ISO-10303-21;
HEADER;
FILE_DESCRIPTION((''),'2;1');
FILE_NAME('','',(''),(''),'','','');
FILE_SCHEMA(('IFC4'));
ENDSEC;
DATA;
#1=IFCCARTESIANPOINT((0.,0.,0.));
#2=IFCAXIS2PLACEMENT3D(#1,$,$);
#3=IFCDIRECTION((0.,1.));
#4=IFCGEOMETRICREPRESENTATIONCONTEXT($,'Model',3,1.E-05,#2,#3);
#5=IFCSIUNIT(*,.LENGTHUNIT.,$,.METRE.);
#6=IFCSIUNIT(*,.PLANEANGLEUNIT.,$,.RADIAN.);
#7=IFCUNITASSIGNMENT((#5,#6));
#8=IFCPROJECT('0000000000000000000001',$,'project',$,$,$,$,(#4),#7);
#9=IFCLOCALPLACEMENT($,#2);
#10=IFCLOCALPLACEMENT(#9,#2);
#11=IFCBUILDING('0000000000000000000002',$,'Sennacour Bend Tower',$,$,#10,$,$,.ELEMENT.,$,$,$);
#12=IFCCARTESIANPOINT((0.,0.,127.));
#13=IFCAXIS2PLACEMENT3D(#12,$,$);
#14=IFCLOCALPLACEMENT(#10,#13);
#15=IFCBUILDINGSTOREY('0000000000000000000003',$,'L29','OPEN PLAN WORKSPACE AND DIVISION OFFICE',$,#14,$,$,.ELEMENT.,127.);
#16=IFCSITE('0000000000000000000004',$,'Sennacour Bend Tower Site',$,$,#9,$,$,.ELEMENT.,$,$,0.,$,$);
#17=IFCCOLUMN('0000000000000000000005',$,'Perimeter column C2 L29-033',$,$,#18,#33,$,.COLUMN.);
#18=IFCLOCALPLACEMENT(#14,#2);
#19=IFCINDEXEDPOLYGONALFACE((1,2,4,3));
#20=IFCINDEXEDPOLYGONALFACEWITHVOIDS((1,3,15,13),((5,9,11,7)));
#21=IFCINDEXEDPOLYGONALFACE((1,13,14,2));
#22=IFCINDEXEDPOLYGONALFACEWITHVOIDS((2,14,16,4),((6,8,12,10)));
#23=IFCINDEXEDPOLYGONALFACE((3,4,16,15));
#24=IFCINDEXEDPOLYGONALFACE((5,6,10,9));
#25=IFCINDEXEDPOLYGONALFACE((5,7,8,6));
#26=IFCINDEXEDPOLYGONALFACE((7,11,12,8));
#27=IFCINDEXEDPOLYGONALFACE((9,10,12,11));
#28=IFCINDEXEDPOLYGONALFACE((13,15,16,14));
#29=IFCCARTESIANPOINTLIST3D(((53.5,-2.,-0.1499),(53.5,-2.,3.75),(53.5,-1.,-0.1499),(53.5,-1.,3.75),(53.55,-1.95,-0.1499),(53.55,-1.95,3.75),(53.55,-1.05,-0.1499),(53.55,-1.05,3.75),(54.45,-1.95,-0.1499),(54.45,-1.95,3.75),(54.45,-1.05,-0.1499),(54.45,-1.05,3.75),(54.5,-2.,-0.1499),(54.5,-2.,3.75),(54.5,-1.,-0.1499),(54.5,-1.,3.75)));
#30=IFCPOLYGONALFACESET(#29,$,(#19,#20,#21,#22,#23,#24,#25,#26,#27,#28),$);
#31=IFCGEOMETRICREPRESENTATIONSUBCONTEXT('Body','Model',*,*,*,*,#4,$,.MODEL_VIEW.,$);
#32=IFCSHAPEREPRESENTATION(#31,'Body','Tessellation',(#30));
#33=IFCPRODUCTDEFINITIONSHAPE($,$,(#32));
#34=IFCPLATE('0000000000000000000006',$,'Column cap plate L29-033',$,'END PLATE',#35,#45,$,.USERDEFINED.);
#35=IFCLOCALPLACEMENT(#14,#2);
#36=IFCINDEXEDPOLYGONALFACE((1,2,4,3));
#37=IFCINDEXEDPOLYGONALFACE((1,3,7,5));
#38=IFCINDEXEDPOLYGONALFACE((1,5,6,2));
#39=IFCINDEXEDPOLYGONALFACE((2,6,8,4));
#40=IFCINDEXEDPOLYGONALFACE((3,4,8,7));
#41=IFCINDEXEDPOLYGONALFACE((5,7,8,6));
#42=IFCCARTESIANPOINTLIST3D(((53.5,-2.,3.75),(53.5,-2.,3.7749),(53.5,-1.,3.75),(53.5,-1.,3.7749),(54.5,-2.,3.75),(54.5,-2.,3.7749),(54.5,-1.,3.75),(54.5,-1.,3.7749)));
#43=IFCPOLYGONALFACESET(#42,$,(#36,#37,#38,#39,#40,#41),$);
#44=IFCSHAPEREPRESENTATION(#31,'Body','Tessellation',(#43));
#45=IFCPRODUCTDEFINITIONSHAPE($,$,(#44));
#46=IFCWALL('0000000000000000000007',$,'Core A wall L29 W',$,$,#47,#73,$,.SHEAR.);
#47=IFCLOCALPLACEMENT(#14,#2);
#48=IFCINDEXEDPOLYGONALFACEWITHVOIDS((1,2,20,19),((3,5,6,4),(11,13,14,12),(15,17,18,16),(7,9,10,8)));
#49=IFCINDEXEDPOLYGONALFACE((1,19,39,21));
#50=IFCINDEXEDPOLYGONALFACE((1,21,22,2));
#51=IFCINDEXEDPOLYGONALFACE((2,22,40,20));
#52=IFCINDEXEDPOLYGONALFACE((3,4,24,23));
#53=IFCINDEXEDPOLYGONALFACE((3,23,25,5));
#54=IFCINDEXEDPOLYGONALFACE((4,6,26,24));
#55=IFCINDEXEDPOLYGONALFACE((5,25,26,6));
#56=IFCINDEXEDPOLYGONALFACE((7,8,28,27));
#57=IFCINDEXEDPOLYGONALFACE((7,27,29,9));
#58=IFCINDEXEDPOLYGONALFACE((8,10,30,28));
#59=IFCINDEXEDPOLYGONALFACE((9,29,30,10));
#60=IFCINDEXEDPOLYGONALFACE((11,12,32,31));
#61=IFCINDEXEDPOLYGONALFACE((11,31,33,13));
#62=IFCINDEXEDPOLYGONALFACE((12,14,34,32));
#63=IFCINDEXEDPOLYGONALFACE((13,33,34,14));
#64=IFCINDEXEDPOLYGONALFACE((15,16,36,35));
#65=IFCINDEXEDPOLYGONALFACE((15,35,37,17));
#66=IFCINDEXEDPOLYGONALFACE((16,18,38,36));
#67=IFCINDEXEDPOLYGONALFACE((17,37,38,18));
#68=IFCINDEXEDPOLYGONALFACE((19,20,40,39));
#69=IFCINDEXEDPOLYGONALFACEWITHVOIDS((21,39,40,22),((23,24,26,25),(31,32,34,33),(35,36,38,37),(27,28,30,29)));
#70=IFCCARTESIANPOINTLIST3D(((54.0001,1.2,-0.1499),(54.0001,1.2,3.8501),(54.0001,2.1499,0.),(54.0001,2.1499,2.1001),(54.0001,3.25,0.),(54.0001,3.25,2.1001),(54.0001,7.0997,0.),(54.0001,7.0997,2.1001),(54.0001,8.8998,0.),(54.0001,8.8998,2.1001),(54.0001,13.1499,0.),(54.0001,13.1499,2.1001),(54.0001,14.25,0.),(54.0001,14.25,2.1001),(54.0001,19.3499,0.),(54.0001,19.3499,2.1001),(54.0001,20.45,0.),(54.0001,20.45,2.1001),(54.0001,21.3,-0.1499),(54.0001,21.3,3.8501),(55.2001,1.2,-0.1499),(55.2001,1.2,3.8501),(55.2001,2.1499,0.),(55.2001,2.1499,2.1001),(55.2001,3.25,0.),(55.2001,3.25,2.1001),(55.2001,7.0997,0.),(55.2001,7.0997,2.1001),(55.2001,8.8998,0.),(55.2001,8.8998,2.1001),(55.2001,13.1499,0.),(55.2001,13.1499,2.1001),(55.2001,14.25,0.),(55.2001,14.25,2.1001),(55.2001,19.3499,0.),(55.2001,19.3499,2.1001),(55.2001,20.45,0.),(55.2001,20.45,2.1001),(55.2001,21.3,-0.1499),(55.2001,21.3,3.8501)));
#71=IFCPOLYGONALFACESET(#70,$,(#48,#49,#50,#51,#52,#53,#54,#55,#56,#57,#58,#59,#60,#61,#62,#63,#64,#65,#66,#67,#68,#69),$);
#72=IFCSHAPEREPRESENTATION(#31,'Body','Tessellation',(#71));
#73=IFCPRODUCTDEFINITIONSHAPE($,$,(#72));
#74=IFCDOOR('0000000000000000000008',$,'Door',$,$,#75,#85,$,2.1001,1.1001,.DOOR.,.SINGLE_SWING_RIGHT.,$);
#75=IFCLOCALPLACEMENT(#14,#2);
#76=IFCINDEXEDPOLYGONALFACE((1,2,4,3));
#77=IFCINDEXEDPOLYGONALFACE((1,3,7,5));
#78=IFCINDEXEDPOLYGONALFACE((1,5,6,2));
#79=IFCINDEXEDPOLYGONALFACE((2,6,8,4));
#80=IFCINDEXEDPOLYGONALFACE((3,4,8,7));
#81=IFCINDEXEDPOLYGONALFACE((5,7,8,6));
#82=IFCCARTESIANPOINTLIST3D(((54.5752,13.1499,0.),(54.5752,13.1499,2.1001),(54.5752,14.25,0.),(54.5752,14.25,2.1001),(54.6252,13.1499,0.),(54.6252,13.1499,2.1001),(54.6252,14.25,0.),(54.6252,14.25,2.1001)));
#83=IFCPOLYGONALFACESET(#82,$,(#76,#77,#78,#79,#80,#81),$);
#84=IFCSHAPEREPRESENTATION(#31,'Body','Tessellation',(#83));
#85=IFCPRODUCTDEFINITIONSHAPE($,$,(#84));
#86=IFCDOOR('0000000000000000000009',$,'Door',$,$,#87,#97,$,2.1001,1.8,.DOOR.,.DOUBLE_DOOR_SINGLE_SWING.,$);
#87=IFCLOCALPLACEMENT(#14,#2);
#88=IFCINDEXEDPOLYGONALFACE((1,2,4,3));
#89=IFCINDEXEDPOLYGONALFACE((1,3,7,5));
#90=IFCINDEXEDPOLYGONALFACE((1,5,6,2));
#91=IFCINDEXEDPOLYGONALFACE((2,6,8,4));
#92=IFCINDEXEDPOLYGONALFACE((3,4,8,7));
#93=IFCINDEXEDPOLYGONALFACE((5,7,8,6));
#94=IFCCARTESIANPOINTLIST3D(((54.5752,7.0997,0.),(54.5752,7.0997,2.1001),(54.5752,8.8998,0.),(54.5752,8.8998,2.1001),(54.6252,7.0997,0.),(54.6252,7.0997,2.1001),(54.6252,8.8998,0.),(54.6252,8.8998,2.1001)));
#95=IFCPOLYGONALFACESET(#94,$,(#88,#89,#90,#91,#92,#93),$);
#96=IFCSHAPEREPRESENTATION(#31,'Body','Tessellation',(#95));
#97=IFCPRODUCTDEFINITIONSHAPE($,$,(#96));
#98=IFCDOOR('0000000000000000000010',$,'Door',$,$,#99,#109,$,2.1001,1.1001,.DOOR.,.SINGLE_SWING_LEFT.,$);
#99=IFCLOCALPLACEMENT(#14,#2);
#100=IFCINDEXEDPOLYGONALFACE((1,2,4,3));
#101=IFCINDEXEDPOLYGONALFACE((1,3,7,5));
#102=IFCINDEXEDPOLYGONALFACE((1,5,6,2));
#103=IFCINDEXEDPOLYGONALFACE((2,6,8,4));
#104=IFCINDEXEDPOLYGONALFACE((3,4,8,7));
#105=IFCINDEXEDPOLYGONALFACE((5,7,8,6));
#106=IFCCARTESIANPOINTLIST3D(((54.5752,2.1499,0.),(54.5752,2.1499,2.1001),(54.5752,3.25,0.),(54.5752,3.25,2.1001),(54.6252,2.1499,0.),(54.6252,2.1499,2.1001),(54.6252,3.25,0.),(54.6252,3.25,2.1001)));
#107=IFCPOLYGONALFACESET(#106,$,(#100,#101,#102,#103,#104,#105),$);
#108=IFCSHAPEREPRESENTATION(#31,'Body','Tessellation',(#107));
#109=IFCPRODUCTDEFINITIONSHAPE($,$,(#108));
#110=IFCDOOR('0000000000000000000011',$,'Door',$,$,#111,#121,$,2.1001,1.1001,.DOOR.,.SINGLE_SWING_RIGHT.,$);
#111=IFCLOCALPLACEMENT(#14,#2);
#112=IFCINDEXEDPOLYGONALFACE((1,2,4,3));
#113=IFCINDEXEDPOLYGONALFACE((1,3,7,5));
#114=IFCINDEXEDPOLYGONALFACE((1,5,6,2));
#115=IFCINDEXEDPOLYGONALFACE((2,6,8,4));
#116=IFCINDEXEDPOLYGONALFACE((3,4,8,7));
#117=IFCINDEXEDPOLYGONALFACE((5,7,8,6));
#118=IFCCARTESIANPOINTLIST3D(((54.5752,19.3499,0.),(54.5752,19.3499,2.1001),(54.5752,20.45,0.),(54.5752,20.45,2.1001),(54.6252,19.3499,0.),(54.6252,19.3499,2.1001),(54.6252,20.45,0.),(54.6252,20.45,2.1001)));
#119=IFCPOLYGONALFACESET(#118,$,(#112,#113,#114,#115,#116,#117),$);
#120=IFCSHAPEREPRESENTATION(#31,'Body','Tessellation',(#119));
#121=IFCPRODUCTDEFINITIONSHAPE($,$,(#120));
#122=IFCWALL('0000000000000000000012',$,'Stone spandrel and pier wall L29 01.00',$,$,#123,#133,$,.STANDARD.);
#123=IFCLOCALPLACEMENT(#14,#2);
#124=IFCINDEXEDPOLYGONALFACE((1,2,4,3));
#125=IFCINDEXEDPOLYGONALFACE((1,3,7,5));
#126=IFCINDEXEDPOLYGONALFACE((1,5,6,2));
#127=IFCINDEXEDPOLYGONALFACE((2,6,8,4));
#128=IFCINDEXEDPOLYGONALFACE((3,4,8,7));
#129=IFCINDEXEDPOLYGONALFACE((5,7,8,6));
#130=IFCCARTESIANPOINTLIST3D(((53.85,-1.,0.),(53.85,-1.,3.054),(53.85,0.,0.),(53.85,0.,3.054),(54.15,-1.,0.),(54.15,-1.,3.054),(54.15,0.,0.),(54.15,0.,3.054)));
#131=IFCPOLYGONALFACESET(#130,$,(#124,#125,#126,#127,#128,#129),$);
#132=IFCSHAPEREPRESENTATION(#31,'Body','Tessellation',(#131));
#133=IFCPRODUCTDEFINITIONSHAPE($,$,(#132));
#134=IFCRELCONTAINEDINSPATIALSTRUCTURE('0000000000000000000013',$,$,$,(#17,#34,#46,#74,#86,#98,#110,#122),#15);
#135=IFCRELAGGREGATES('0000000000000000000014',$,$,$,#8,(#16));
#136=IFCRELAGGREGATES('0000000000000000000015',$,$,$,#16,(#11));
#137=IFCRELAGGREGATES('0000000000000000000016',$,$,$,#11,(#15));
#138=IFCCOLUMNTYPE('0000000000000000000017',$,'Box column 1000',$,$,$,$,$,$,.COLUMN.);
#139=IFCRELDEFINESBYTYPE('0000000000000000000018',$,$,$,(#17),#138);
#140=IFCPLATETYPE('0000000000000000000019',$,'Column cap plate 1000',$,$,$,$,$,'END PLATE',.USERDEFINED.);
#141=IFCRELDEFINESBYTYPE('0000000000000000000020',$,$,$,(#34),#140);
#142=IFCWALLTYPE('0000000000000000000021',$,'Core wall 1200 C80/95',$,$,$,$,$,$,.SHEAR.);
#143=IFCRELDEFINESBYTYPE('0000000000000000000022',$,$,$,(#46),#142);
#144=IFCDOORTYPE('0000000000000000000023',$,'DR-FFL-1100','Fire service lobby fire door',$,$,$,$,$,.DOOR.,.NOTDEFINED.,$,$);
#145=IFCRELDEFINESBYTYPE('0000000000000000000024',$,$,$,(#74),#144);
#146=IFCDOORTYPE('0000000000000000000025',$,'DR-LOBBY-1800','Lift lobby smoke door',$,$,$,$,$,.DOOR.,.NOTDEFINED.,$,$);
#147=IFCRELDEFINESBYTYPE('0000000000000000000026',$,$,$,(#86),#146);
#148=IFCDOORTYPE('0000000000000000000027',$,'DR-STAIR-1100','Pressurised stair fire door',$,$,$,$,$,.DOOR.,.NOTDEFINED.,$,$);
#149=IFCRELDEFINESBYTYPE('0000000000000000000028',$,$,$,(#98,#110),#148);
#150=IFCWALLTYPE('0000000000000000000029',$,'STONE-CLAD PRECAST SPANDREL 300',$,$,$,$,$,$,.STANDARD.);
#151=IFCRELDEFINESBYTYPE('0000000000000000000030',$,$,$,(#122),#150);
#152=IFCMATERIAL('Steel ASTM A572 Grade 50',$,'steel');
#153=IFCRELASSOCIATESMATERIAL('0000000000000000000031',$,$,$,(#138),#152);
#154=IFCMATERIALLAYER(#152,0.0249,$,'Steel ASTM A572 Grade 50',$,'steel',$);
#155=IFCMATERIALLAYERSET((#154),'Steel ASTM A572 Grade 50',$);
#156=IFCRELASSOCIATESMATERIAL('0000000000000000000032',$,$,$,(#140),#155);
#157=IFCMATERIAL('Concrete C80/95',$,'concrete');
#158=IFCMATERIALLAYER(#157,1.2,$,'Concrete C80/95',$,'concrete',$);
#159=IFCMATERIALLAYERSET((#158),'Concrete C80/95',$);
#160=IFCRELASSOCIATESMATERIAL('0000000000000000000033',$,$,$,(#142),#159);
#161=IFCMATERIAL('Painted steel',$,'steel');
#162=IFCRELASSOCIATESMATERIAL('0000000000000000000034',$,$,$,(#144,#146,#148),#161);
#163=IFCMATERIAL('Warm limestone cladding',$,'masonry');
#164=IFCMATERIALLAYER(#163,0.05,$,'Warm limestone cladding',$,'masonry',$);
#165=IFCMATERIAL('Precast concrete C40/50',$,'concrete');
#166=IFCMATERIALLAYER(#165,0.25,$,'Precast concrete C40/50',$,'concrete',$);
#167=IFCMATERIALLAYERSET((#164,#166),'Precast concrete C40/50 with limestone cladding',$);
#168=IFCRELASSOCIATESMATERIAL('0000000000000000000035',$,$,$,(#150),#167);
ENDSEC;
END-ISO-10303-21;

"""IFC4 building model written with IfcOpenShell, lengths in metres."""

from ifc_helpers import new_model, si_unit, direction, frame, frame_2d, origin, origin_2d, place, context, subcontext, project, spatial, rectangle, hollow_rectangle, extrude, material, layer, layer_set, material_profile, profile_set, type_object, element, fill, save


model = new_model("IFC4")

# Units and contexts
model_context = context("Model", 3, precision=1e-05, world=origin(), true_north=direction((0.0, 1.0)))
body_context = subcontext(model_context, "Body", "Model", "MODEL_VIEW")
ifc_project = project(units=[si_unit("LENGTHUNIT", "METRE"), si_unit("PLANEANGLEUNIT", "RADIAN")], contexts=[model_context])

# Site, building, storey
site_placement = place(None, origin())
site = spatial("IfcSite", under=ifc_project, at=site_placement, Name="Sennacour Bend Tower Site", CompositionType="ELEMENT", RefElevation=0.0)
building_placement = place(site_placement, origin())
building = spatial("IfcBuilding", under=site, at=building_placement, Name="Sennacour Bend Tower", CompositionType="ELEMENT")
storey_placement = place(building_placement, frame((0.0, 0.0, 127.0)))
storey = spatial("IfcBuildingStorey", under=building, at=storey_placement, Name="L29", Description="OPEN PLAN WORKSPACE AND DIVISION OFFICE", CompositionType="ELEMENT", Elevation=127.0)

# Column
ifc_material_1 = material(Name="Steel ASTM A572 Grade 50", Category="steel")
ifc_material_profile = material_profile(ifc_material_1, hollow_rectangle(XDim=1.0, YDim=1.0, WallThickness=0.05, at=origin_2d()), Name="Steel ASTM A572 Grade 50", Category="steel")
ifc_profile_set = profile_set([ifc_material_profile], Name="Steel ASTM A572 Grade 50")
column_type = type_object("IfcColumnType", Name="Box column 1000", PredefinedType="COLUMN", material=ifc_profile_set)
column_placement = place(storey_placement, frame((54.0, -1.5, -0.1499), z_axis=(0.0, 0.0, 1.0), x_axis=(1.0, 0.0, 0.0)))
element("IfcColumn", 1, at=column_placement, inside=storey, type_object=column_type, Name="Perimeter column C2 L29-033", PredefinedType="COLUMN", context=body_context, shape_type="SweptSolid", body=[
    extrude(hollow_rectangle(XDim=1.0, YDim=1.0, WallThickness=0.05, at=origin_2d()), origin(), (0.0, 0.0, 1.0), 3.8999),
])

# Plate
ifc_layer_1 = layer(ifc_material_1, 0.0249, Name="Steel ASTM A572 Grade 50", Category="steel")
ifc_layer_set_1 = layer_set([ifc_layer_1], Name="Steel ASTM A572 Grade 50")
plate_type = type_object("IfcPlateType", Name="Column cap plate 1000", ElementType="END PLATE", PredefinedType="USERDEFINED", material=ifc_layer_set_1)
plate_placement = place(storey_placement, frame((54.0, -1.5, 3.75), z_axis=(0.0, 0.0, 1.0), x_axis=(1.0, 0.0, 0.0)))
element("IfcPlate", 2, at=plate_placement, inside=storey, type_object=plate_type, Name="Column cap plate L29-033", ObjectType="END PLATE", PredefinedType="USERDEFINED", context=body_context, shape_type="SweptSolid", body=[
    extrude(rectangle(XDim=1.0, YDim=1.0, at=origin_2d()), origin(), (0.0, 0.0, 1.0), 0.0249),
])

# Wall, openings, doors
ifc_material_2 = material(Name="Concrete C80/95", Category="concrete")
ifc_layer_2 = layer(ifc_material_2, 1.2, Name="Concrete C80/95", Category="concrete")
ifc_layer_set_2 = layer_set([ifc_layer_2], Name="Concrete C80/95")
wall_type_1 = type_object("IfcWallType", Name="Core wall 1200 C80/95", PredefinedType="SHEAR", material=ifc_layer_set_2)
wall_1_placement = place(storey_placement, frame((54.6001, 1.2, -0.1499), z_axis=(0.0, 0.0, 1.0), x_axis=(0.0, 1.0, 0.0)))
wall_1 = element("IfcWall", 3, at=wall_1_placement, inside=storey, type_object=wall_type_1, Name="Core A wall L29 W", PredefinedType="SHEAR", context=body_context, shape_type="SweptSolid", body=[
    extrude(rectangle(XDim=20.1001, YDim=1.2, at=frame_2d((10.05, 0.0))), origin(), (0.0, 0.0, 1.0), 4.0),
])
opening_1_placement = place(wall_1_placement, frame((5.8999, 0.0, 0.1499)))
opening_1 = element("IfcOpeningElement", 4, at=opening_1_placement, cuts=wall_1, PredefinedType="OPENING", context=body_context, shape_type="SweptSolid", body=[
    extrude(rectangle(XDim=1.8, YDim=2.1001, at=frame_2d((0.8999, 1.05))), frame((0.0, 0.6099, 0.0), z_axis=(0.0, -1.0, 0.0), x_axis=(1.0, 0.0, 0.0)), (0.0, 0.0, 1.0), 1.22),
])
opening_2_placement = place(wall_1_placement, frame((11.95, 0.0, 0.1499)))
opening_2 = element("IfcOpeningElement", 5, at=opening_2_placement, cuts=wall_1, PredefinedType="OPENING", context=body_context, shape_type="SweptSolid", body=[
    extrude(rectangle(XDim=1.1001, YDim=2.1001, at=frame_2d((0.55, 1.05))), frame((0.0, 0.6099, 0.0), z_axis=(0.0, -1.0, 0.0), x_axis=(1.0, 0.0, 0.0)), (0.0, 0.0, 1.0), 1.22),
])
opening_3_placement = place(wall_1_placement, frame((0.95, 0.0, 0.1499)))
opening_3 = element("IfcOpeningElement", 6, at=opening_3_placement, cuts=wall_1, PredefinedType="OPENING", context=body_context, shape_type="SweptSolid", body=[
    extrude(rectangle(XDim=1.1001, YDim=2.1001, at=frame_2d((0.55, 1.05))), frame((0.0, 0.6099, 0.0), z_axis=(0.0, -1.0, 0.0), x_axis=(1.0, 0.0, 0.0)), (0.0, 0.0, 1.0), 1.22),
])
opening_4_placement = place(wall_1_placement, frame((18.1499, 0.0, 0.1499)))
opening_4 = element("IfcOpeningElement", 7, at=opening_4_placement, cuts=wall_1, PredefinedType="OPENING", context=body_context, shape_type="SweptSolid", body=[
    extrude(rectangle(XDim=1.1001, YDim=2.1001, at=frame_2d((0.55, 1.05))), frame((0.0, 0.6099, 0.0), z_axis=(0.0, -1.0, 0.0), x_axis=(1.0, 0.0, 0.0)), (0.0, 0.0, 1.0), 1.22),
])
ifc_material_3 = material(Name="Painted steel", Category="steel")
door_type_1 = type_object("IfcDoorType", Name="DR-FFL-1100", Description="Fire service lobby fire door", OperationType="NOTDEFINED", PredefinedType="DOOR", material=ifc_material_3)
door_1_placement = place(opening_2_placement, origin())
door_1 = element("IfcDoor", 8, at=door_1_placement, inside=storey, type_object=door_type_1, Name="Door", OperationType="SINGLE_SWING_RIGHT", OverallHeight=2.1001, OverallWidth=1.1001, PredefinedType="DOOR", context=body_context, shape_type="SweptSolid", body=[
    extrude(rectangle(XDim=1.1001, YDim=2.1001, at=frame_2d((0.55, 1.05))), frame((0.0, 0.0249, 0.0), z_axis=(0.0, -1.0, 0.0), x_axis=(1.0, 0.0, 0.0)), (0.0, 0.0, 1.0), 0.05),
])
fill(opening_2, door_1)
door_type_2 = type_object("IfcDoorType", Name="DR-LOBBY-1800", Description="Lift lobby smoke door", OperationType="NOTDEFINED", PredefinedType="DOOR", material=ifc_material_3)
door_2_placement = place(opening_1_placement, origin())
door_2 = element("IfcDoor", 9, at=door_2_placement, inside=storey, type_object=door_type_2, Name="Door", OperationType="DOUBLE_DOOR_SINGLE_SWING", OverallHeight=2.1001, OverallWidth=1.8, PredefinedType="DOOR", context=body_context, shape_type="SweptSolid", body=[
    extrude(rectangle(XDim=1.8, YDim=2.1001, at=frame_2d((0.8999, 1.05))), frame((0.0, 0.0249, 0.0), z_axis=(0.0, -1.0, 0.0), x_axis=(1.0, 0.0, 0.0)), (0.0, 0.0, 1.0), 0.05),
])
fill(opening_1, door_2)
door_type_3 = type_object("IfcDoorType", Name="DR-STAIR-1100", Description="Pressurised stair fire door", OperationType="NOTDEFINED", PredefinedType="DOOR", material=ifc_material_3)
door_3_placement = place(opening_3_placement, origin())
door_3 = element("IfcDoor", 10, at=door_3_placement, inside=storey, type_object=door_type_3, Name="Door", OperationType="SINGLE_SWING_LEFT", OverallHeight=2.1001, OverallWidth=1.1001, PredefinedType="DOOR", context=body_context, shape_type="SweptSolid", body=[
    extrude(rectangle(XDim=1.1001, YDim=2.1001, at=frame_2d((0.55, 1.05))), frame((0.0, 0.0249, 0.0), z_axis=(0.0, -1.0, 0.0), x_axis=(1.0, 0.0, 0.0)), (0.0, 0.0, 1.0), 0.05),
])
fill(opening_3, door_3)
door_4_placement = place(opening_4_placement, origin())
door_4 = element("IfcDoor", 11, at=door_4_placement, inside=storey, type_object=door_type_3, Name="Door", OperationType="SINGLE_SWING_RIGHT", OverallHeight=2.1001, OverallWidth=1.1001, PredefinedType="DOOR", context=body_context, shape_type="SweptSolid", body=[
    extrude(rectangle(XDim=1.1001, YDim=2.1001, at=frame_2d((0.55, 1.05))), frame((0.0, 0.0249, 0.0), z_axis=(0.0, -1.0, 0.0), x_axis=(1.0, 0.0, 0.0)), (0.0, 0.0, 1.0), 0.05),
])
fill(opening_4, door_4)

# Wall
ifc_material_4 = material(Name="Warm limestone cladding", Category="masonry")
ifc_layer_3 = layer(ifc_material_4, 0.05, Name="Warm limestone cladding", Category="masonry")
ifc_material_5 = material(Name="Precast concrete C40/50", Category="concrete")
ifc_layer_4 = layer(ifc_material_5, 0.25, Name="Precast concrete C40/50", Category="concrete")
ifc_layer_set_3 = layer_set([ifc_layer_3, ifc_layer_4], Name="Precast concrete C40/50 with limestone cladding")
wall_type_2 = type_object("IfcWallType", Name="STONE-CLAD PRECAST SPANDREL 300", PredefinedType="STANDARD", material=ifc_layer_set_3)
wall_2_placement = place(storey_placement, frame((54.0, -1.0, 0.0), z_axis=(0.0, 0.0, 1.0), x_axis=(0.0, 1.0, 0.0)))
element("IfcWall", 12, at=wall_2_placement, inside=storey, type_object=wall_type_2, Name="Stone spandrel and pier wall L29 01.00", PredefinedType="STANDARD", context=body_context, shape_type="SweptSolid", body=[
    extrude(rectangle(XDim=1.0, YDim=0.3, at=frame_2d((0.5, 0.0))), origin(), (0.0, 0.0, 1.0), 3.054),
])

save(model, "model.ifc")
